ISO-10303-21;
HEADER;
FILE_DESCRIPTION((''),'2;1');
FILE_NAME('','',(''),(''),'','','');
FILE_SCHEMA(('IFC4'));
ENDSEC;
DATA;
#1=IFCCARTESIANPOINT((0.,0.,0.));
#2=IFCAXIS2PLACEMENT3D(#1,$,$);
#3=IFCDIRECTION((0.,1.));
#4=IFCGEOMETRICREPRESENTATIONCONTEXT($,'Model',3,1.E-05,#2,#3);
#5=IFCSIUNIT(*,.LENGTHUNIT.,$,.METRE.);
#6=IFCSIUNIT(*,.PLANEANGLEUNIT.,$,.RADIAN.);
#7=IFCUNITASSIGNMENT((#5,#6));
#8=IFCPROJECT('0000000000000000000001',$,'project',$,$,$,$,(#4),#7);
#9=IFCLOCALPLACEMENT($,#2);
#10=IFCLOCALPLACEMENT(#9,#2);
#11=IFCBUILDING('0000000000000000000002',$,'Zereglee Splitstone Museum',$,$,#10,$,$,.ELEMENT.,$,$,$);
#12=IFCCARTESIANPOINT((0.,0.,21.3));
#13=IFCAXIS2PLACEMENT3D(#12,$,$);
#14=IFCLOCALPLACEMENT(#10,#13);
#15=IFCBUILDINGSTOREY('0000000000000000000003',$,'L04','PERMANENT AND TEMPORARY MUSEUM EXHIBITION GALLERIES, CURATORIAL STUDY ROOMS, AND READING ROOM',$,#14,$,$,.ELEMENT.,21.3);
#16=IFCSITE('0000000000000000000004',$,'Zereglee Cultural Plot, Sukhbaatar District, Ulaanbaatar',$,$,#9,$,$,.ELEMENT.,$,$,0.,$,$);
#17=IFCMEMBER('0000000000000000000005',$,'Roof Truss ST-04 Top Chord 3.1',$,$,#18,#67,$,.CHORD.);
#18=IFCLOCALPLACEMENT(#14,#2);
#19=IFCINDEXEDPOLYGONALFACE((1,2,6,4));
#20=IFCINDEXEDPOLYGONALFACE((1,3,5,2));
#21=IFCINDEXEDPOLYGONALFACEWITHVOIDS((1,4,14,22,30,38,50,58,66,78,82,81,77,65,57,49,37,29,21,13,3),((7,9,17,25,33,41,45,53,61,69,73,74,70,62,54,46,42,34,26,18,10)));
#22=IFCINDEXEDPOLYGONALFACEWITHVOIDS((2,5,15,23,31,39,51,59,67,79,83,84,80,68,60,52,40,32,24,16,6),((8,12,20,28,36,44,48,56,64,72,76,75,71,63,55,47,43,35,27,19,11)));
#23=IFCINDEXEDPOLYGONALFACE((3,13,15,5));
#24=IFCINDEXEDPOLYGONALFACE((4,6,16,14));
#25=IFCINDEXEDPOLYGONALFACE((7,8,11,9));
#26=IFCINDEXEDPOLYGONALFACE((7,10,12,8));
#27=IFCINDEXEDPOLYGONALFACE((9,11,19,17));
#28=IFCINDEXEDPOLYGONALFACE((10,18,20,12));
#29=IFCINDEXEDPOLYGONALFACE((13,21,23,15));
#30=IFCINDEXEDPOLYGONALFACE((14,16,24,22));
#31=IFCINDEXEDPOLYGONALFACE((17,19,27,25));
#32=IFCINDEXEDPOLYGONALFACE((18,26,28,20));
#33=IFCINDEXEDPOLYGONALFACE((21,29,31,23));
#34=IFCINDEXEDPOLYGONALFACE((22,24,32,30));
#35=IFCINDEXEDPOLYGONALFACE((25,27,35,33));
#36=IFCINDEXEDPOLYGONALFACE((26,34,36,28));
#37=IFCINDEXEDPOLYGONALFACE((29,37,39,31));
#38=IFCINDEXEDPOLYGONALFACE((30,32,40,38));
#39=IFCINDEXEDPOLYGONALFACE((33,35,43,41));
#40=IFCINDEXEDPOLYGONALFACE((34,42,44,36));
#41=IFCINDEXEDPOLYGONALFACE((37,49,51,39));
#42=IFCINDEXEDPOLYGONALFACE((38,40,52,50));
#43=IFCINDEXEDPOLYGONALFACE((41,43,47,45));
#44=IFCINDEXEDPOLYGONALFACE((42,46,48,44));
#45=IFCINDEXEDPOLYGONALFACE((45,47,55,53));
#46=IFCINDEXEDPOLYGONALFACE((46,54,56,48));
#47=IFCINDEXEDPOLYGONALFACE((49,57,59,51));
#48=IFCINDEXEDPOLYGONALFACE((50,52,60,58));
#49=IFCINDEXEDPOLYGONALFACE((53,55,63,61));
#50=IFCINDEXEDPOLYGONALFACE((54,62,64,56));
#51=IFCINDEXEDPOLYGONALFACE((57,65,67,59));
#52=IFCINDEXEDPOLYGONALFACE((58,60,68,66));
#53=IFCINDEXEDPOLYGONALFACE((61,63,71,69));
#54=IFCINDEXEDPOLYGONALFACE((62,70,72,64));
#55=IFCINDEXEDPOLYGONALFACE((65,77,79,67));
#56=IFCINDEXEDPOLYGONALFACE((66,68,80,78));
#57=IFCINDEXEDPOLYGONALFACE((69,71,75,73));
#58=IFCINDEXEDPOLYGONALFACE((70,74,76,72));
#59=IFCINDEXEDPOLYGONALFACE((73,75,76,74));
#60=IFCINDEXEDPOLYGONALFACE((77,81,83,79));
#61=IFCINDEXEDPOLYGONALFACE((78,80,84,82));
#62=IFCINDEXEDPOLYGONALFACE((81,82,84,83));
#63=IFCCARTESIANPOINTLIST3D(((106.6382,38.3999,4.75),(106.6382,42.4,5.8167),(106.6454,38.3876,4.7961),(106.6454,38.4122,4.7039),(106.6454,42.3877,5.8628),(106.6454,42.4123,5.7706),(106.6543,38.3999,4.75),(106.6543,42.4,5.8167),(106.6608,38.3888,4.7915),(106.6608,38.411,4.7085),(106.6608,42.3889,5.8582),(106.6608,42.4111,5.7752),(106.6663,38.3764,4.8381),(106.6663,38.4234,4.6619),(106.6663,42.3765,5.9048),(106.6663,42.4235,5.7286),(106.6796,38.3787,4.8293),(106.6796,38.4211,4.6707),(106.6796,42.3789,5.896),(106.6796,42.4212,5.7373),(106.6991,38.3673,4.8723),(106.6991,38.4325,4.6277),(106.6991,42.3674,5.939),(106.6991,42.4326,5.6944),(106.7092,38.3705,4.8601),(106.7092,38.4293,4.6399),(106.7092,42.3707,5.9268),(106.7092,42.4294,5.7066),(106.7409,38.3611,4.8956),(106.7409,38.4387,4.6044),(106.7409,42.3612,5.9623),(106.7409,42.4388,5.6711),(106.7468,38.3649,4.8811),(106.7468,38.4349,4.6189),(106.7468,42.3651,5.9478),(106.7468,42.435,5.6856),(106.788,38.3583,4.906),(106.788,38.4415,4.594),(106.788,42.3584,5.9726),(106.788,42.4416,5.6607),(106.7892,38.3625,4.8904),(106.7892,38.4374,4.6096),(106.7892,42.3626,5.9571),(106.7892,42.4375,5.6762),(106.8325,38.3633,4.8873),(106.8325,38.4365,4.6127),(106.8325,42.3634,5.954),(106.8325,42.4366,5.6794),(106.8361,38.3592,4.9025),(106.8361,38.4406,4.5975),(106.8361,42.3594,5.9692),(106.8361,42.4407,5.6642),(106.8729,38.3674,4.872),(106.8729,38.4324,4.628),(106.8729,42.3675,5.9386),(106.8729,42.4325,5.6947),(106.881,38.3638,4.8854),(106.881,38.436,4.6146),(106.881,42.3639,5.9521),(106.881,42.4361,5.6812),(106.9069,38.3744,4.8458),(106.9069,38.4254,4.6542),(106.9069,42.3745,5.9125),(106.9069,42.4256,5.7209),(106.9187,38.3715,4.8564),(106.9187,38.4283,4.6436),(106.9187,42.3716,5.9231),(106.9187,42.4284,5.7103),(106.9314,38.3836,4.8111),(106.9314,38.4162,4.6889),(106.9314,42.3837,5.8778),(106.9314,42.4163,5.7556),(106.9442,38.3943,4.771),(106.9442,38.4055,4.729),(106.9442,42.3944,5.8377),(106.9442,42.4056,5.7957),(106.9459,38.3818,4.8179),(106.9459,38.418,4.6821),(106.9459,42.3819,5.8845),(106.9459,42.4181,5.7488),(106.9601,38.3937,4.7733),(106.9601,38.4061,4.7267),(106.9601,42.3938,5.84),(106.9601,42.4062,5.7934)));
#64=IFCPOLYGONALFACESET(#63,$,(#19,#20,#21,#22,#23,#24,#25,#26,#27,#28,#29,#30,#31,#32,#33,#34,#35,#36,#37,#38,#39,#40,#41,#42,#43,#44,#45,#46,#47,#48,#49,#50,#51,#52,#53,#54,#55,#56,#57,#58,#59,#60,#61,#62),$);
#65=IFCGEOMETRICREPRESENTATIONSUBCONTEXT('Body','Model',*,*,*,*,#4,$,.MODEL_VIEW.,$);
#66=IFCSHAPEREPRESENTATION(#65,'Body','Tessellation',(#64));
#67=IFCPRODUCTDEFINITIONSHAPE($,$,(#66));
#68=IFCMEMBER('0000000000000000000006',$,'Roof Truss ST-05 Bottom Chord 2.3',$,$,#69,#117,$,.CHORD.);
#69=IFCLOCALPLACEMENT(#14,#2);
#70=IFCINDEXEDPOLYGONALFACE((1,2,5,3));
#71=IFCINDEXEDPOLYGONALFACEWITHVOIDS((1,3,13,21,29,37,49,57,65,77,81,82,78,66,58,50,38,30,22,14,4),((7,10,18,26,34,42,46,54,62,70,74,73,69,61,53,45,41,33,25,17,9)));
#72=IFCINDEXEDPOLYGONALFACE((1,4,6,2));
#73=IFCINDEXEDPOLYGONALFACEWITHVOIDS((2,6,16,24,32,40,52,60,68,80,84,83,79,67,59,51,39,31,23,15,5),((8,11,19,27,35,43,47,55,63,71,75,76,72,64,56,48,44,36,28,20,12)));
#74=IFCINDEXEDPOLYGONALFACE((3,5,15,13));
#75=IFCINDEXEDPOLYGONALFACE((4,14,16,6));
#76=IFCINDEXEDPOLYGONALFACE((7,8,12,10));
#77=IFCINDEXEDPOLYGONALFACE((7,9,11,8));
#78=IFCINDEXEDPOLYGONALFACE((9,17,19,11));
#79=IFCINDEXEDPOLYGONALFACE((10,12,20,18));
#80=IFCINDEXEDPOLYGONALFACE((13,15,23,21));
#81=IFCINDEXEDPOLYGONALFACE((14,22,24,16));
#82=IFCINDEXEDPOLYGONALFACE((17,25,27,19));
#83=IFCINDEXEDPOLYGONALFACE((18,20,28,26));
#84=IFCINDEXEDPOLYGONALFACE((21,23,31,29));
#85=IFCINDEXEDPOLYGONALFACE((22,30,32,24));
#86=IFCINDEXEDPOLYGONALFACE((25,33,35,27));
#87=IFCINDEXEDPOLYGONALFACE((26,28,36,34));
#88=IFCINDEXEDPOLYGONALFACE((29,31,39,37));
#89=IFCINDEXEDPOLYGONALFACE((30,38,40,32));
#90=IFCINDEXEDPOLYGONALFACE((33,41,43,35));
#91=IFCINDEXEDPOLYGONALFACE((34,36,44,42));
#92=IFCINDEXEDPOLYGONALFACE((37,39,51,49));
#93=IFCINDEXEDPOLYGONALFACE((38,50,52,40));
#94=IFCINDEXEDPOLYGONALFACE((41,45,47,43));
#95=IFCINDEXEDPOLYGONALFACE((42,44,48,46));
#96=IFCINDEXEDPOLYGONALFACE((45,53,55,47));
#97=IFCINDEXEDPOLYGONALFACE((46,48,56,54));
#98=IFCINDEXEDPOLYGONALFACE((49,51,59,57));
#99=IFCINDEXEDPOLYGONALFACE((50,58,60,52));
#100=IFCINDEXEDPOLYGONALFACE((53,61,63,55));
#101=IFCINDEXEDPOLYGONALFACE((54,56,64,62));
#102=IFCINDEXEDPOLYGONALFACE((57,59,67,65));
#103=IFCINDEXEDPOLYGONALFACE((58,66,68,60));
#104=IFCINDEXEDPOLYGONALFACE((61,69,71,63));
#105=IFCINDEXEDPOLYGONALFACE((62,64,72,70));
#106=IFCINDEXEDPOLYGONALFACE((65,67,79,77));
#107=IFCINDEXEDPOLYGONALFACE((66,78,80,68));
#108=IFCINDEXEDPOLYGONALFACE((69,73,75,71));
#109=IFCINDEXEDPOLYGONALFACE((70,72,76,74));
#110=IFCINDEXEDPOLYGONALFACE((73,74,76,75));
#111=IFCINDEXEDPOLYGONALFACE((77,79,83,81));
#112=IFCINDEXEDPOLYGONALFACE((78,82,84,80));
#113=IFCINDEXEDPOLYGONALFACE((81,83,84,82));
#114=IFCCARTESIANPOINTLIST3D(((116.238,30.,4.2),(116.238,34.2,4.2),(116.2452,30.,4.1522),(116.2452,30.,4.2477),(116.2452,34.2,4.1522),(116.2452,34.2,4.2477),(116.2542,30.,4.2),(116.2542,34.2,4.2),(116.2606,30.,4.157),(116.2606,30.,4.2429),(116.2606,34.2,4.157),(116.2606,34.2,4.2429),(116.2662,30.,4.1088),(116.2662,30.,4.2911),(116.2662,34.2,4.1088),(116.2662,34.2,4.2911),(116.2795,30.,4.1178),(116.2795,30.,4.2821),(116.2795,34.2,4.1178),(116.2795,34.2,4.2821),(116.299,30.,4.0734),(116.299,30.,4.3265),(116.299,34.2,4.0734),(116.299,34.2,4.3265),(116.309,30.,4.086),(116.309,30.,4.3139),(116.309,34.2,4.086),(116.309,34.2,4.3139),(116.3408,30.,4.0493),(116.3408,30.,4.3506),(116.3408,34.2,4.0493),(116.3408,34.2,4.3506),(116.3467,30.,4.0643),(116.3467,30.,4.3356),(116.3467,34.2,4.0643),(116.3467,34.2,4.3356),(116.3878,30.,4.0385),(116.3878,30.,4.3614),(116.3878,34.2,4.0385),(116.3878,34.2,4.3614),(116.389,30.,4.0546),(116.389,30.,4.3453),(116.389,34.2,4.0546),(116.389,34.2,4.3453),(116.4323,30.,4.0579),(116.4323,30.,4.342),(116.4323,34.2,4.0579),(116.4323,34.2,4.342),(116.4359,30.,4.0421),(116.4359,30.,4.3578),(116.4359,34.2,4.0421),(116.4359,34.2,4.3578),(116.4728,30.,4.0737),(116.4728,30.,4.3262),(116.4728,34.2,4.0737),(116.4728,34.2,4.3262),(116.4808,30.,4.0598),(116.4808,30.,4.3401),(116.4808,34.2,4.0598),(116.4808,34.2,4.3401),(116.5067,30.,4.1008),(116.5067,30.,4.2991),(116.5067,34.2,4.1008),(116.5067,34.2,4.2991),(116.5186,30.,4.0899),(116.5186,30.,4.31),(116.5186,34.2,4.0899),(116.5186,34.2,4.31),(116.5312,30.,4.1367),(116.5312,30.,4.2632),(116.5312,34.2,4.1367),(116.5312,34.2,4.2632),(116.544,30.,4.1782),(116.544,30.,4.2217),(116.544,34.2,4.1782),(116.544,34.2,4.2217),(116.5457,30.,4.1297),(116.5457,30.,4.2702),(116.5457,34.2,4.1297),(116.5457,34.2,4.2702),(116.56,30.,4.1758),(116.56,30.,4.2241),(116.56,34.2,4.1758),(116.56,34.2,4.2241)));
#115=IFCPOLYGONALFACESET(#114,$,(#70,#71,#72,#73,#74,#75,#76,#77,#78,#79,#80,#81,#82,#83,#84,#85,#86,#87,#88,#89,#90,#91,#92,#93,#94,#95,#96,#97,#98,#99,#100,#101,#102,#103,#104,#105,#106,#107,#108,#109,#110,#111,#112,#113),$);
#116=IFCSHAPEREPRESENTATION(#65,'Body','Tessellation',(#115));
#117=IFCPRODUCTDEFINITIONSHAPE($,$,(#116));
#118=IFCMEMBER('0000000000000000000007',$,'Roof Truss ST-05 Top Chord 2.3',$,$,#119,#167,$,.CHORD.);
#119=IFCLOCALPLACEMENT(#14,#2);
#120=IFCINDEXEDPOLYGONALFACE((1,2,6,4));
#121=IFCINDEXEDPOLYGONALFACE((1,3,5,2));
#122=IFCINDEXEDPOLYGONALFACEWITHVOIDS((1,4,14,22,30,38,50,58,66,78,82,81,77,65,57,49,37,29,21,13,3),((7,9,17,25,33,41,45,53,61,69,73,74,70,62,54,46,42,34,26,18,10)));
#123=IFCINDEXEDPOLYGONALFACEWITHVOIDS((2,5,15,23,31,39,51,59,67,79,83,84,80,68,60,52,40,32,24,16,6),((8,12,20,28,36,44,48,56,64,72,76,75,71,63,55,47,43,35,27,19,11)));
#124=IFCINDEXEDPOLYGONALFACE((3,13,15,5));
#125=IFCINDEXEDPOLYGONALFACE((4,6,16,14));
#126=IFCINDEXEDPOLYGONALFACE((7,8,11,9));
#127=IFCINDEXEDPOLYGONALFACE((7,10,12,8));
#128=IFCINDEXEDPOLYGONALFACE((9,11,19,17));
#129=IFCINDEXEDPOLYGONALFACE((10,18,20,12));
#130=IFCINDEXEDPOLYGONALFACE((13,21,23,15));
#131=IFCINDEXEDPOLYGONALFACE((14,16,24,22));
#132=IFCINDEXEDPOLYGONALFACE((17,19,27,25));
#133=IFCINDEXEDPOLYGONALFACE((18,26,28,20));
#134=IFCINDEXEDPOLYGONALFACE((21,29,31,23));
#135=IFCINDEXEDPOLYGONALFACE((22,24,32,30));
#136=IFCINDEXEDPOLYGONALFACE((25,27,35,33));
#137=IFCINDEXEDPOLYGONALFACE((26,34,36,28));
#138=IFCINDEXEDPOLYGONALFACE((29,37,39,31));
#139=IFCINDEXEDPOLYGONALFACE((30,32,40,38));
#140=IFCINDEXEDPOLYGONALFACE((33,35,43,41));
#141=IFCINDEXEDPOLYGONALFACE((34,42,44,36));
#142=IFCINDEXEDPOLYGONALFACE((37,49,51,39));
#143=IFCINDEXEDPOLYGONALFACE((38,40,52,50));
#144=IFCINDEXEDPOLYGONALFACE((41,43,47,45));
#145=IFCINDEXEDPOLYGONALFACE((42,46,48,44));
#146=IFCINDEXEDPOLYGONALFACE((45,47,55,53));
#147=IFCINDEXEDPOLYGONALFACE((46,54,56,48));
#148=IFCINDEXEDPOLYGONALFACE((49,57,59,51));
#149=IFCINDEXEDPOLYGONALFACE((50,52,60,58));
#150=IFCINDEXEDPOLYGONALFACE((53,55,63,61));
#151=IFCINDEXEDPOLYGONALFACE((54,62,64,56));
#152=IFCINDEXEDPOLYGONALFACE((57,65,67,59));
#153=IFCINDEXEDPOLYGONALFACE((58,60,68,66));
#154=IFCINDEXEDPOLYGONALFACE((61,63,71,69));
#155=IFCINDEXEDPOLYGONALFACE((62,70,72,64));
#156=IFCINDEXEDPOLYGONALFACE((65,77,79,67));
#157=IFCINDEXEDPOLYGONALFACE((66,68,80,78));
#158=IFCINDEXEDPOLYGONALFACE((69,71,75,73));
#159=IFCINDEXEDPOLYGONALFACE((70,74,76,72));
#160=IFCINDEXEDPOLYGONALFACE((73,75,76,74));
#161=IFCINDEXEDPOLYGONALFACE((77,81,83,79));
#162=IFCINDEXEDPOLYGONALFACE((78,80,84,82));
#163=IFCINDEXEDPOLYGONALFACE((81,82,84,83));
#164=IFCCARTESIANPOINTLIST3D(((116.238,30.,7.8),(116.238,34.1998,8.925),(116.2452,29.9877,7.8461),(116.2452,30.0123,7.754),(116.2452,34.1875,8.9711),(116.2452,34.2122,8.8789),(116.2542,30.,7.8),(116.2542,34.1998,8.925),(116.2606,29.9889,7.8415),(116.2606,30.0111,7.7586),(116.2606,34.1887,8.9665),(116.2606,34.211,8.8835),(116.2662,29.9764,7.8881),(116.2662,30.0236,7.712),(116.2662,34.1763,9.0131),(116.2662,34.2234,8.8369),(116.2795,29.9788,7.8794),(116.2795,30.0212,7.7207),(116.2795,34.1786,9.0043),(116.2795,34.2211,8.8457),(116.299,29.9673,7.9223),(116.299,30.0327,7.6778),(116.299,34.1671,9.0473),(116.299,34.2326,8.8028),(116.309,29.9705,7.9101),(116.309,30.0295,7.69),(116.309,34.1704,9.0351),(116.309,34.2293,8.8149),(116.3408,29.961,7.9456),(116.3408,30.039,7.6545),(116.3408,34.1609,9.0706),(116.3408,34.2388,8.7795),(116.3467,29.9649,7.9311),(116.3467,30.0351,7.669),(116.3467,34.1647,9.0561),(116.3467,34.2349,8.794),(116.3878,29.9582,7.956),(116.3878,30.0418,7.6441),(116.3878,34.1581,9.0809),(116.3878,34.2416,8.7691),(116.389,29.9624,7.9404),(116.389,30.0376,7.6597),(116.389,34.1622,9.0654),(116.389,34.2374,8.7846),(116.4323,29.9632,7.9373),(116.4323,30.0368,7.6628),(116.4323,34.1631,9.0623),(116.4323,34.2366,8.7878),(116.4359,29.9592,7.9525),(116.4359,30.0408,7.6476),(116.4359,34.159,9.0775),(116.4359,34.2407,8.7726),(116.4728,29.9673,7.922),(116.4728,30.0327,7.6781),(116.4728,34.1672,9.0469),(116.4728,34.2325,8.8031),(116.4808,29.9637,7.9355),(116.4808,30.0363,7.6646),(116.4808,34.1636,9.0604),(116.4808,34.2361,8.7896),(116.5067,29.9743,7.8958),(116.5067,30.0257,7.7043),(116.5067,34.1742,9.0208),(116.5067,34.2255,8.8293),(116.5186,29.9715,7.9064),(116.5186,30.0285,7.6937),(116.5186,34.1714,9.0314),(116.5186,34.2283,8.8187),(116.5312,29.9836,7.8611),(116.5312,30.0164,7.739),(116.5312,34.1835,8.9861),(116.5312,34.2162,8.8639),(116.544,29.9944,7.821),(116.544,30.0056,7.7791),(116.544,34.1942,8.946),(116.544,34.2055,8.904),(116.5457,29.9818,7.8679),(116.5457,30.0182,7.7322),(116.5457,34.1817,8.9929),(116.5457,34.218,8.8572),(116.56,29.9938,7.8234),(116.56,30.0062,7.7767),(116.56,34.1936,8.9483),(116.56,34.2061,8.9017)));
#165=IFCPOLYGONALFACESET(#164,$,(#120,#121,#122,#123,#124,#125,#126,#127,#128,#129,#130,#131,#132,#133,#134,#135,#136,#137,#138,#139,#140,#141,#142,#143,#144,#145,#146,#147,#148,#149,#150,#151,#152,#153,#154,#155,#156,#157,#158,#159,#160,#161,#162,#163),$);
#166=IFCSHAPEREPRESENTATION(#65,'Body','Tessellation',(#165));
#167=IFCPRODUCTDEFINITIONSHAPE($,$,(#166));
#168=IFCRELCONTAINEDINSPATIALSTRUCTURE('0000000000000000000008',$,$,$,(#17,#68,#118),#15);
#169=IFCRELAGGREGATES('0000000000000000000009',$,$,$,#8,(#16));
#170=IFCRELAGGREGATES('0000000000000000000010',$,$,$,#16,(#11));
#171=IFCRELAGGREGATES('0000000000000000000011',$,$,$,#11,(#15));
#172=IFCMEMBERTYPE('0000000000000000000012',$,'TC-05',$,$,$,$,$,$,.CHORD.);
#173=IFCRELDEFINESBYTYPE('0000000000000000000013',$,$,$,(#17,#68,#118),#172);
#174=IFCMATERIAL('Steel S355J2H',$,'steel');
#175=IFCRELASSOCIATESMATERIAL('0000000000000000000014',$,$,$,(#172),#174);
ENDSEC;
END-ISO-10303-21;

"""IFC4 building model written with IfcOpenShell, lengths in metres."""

from ifc_helpers import new_model, si_unit, direction, frame, origin, origin_2d, place, context, subcontext, project, spatial, hollow_circle, extrude, material, material_profile, profile_set, type_object, element, save


model = new_model("IFC4")

# Units and contexts
model_context = context("Model", 3, precision=1e-05, world=origin(), true_north=direction((0.0, 1.0)))
body_context = subcontext(model_context, "Body", "Model", "MODEL_VIEW")
ifc_project = project(units=[si_unit("LENGTHUNIT", "METRE"), si_unit("PLANEANGLEUNIT", "RADIAN")], contexts=[model_context])

# Site, building, storey
site_placement = place(None, origin())
site = spatial("IfcSite", under=ifc_project, at=site_placement, Name="Zereglee Cultural Plot, Sukhbaatar District, Ulaanbaatar", CompositionType="ELEMENT", RefElevation=0.0)
building_placement = place(site_placement, origin())
building = spatial("IfcBuilding", under=site, at=building_placement, Name="Zereglee Splitstone Museum", CompositionType="ELEMENT")
storey_placement = place(building_placement, frame((0.0, 0.0, 21.3)))
storey = spatial("IfcBuildingStorey", under=building, at=storey_placement, Name="L04", Description="PERMANENT AND TEMPORARY MUSEUM EXHIBITION GALLERIES, CURATORIAL STUDY ROOMS, AND READING ROOM", CompositionType="ELEMENT", Elevation=21.3)

# Members
ifc_material_1 = material(Name="Steel S355J2H", Category="steel")
ifc_material_profile_1 = material_profile(ifc_material_1, hollow_circle(Radius=0.1619, WallThickness=0.0161, at=origin_2d()), Name="CHS 323.9x16")
ifc_profile_set_1 = profile_set([ifc_material_profile_1], Name="Steel S355J2H")
member_type_1 = type_object("IfcMemberType", Name="TC-05", PredefinedType="CHORD", material=ifc_profile_set_1)
member_1_placement = place(storey_placement, frame((106.8, 38.3999, 4.75), z_axis=(0.0, 0.966236, 0.257659), x_axis=(-1.0, 0.0, 0.0)))
element("IfcMember", 1, at=member_1_placement, inside=storey, type_object=member_type_1, Name="Roof Truss ST-04 Top Chord 3.1", PredefinedType="CHORD", context=body_context, shape_type="SweptSolid", body=[
    extrude(hollow_circle(Radius=0.1619, WallThickness=0.0161, at=origin_2d()), origin(), (0.0, 0.0, 1.0), 4.1399),
])
member_2_placement = place(storey_placement, frame((116.3999, 30.0, 4.2), z_axis=(0.0, 1.0, 0.0), x_axis=(-1.0, 0.0, 0.0)))
element("IfcMember", 2, at=member_2_placement, inside=storey, type_object=member_type_1, Name="Roof Truss ST-05 Bottom Chord 2.3", PredefinedType="CHORD", context=body_context, shape_type="SweptSolid", body=[
    extrude(hollow_circle(Radius=0.1619, WallThickness=0.0161, at=origin_2d()), origin(), (0.0, 0.0, 1.0), 4.2),
])
member_3_placement = place(storey_placement, frame((116.3999, 30.0, 7.8), z_axis=(0.0, 0.965947, 0.258739), x_axis=(-1.0, 0.0, 0.0)))
element("IfcMember", 3, at=member_3_placement, inside=storey, type_object=member_type_1, Name="Roof Truss ST-05 Top Chord 2.3", PredefinedType="CHORD", context=body_context, shape_type="SweptSolid", body=[
    extrude(hollow_circle(Radius=0.1619, WallThickness=0.0161, at=origin_2d()), origin(), (0.0, 0.0, 1.0), 4.3479),
])

save(model, "model.ifc")
